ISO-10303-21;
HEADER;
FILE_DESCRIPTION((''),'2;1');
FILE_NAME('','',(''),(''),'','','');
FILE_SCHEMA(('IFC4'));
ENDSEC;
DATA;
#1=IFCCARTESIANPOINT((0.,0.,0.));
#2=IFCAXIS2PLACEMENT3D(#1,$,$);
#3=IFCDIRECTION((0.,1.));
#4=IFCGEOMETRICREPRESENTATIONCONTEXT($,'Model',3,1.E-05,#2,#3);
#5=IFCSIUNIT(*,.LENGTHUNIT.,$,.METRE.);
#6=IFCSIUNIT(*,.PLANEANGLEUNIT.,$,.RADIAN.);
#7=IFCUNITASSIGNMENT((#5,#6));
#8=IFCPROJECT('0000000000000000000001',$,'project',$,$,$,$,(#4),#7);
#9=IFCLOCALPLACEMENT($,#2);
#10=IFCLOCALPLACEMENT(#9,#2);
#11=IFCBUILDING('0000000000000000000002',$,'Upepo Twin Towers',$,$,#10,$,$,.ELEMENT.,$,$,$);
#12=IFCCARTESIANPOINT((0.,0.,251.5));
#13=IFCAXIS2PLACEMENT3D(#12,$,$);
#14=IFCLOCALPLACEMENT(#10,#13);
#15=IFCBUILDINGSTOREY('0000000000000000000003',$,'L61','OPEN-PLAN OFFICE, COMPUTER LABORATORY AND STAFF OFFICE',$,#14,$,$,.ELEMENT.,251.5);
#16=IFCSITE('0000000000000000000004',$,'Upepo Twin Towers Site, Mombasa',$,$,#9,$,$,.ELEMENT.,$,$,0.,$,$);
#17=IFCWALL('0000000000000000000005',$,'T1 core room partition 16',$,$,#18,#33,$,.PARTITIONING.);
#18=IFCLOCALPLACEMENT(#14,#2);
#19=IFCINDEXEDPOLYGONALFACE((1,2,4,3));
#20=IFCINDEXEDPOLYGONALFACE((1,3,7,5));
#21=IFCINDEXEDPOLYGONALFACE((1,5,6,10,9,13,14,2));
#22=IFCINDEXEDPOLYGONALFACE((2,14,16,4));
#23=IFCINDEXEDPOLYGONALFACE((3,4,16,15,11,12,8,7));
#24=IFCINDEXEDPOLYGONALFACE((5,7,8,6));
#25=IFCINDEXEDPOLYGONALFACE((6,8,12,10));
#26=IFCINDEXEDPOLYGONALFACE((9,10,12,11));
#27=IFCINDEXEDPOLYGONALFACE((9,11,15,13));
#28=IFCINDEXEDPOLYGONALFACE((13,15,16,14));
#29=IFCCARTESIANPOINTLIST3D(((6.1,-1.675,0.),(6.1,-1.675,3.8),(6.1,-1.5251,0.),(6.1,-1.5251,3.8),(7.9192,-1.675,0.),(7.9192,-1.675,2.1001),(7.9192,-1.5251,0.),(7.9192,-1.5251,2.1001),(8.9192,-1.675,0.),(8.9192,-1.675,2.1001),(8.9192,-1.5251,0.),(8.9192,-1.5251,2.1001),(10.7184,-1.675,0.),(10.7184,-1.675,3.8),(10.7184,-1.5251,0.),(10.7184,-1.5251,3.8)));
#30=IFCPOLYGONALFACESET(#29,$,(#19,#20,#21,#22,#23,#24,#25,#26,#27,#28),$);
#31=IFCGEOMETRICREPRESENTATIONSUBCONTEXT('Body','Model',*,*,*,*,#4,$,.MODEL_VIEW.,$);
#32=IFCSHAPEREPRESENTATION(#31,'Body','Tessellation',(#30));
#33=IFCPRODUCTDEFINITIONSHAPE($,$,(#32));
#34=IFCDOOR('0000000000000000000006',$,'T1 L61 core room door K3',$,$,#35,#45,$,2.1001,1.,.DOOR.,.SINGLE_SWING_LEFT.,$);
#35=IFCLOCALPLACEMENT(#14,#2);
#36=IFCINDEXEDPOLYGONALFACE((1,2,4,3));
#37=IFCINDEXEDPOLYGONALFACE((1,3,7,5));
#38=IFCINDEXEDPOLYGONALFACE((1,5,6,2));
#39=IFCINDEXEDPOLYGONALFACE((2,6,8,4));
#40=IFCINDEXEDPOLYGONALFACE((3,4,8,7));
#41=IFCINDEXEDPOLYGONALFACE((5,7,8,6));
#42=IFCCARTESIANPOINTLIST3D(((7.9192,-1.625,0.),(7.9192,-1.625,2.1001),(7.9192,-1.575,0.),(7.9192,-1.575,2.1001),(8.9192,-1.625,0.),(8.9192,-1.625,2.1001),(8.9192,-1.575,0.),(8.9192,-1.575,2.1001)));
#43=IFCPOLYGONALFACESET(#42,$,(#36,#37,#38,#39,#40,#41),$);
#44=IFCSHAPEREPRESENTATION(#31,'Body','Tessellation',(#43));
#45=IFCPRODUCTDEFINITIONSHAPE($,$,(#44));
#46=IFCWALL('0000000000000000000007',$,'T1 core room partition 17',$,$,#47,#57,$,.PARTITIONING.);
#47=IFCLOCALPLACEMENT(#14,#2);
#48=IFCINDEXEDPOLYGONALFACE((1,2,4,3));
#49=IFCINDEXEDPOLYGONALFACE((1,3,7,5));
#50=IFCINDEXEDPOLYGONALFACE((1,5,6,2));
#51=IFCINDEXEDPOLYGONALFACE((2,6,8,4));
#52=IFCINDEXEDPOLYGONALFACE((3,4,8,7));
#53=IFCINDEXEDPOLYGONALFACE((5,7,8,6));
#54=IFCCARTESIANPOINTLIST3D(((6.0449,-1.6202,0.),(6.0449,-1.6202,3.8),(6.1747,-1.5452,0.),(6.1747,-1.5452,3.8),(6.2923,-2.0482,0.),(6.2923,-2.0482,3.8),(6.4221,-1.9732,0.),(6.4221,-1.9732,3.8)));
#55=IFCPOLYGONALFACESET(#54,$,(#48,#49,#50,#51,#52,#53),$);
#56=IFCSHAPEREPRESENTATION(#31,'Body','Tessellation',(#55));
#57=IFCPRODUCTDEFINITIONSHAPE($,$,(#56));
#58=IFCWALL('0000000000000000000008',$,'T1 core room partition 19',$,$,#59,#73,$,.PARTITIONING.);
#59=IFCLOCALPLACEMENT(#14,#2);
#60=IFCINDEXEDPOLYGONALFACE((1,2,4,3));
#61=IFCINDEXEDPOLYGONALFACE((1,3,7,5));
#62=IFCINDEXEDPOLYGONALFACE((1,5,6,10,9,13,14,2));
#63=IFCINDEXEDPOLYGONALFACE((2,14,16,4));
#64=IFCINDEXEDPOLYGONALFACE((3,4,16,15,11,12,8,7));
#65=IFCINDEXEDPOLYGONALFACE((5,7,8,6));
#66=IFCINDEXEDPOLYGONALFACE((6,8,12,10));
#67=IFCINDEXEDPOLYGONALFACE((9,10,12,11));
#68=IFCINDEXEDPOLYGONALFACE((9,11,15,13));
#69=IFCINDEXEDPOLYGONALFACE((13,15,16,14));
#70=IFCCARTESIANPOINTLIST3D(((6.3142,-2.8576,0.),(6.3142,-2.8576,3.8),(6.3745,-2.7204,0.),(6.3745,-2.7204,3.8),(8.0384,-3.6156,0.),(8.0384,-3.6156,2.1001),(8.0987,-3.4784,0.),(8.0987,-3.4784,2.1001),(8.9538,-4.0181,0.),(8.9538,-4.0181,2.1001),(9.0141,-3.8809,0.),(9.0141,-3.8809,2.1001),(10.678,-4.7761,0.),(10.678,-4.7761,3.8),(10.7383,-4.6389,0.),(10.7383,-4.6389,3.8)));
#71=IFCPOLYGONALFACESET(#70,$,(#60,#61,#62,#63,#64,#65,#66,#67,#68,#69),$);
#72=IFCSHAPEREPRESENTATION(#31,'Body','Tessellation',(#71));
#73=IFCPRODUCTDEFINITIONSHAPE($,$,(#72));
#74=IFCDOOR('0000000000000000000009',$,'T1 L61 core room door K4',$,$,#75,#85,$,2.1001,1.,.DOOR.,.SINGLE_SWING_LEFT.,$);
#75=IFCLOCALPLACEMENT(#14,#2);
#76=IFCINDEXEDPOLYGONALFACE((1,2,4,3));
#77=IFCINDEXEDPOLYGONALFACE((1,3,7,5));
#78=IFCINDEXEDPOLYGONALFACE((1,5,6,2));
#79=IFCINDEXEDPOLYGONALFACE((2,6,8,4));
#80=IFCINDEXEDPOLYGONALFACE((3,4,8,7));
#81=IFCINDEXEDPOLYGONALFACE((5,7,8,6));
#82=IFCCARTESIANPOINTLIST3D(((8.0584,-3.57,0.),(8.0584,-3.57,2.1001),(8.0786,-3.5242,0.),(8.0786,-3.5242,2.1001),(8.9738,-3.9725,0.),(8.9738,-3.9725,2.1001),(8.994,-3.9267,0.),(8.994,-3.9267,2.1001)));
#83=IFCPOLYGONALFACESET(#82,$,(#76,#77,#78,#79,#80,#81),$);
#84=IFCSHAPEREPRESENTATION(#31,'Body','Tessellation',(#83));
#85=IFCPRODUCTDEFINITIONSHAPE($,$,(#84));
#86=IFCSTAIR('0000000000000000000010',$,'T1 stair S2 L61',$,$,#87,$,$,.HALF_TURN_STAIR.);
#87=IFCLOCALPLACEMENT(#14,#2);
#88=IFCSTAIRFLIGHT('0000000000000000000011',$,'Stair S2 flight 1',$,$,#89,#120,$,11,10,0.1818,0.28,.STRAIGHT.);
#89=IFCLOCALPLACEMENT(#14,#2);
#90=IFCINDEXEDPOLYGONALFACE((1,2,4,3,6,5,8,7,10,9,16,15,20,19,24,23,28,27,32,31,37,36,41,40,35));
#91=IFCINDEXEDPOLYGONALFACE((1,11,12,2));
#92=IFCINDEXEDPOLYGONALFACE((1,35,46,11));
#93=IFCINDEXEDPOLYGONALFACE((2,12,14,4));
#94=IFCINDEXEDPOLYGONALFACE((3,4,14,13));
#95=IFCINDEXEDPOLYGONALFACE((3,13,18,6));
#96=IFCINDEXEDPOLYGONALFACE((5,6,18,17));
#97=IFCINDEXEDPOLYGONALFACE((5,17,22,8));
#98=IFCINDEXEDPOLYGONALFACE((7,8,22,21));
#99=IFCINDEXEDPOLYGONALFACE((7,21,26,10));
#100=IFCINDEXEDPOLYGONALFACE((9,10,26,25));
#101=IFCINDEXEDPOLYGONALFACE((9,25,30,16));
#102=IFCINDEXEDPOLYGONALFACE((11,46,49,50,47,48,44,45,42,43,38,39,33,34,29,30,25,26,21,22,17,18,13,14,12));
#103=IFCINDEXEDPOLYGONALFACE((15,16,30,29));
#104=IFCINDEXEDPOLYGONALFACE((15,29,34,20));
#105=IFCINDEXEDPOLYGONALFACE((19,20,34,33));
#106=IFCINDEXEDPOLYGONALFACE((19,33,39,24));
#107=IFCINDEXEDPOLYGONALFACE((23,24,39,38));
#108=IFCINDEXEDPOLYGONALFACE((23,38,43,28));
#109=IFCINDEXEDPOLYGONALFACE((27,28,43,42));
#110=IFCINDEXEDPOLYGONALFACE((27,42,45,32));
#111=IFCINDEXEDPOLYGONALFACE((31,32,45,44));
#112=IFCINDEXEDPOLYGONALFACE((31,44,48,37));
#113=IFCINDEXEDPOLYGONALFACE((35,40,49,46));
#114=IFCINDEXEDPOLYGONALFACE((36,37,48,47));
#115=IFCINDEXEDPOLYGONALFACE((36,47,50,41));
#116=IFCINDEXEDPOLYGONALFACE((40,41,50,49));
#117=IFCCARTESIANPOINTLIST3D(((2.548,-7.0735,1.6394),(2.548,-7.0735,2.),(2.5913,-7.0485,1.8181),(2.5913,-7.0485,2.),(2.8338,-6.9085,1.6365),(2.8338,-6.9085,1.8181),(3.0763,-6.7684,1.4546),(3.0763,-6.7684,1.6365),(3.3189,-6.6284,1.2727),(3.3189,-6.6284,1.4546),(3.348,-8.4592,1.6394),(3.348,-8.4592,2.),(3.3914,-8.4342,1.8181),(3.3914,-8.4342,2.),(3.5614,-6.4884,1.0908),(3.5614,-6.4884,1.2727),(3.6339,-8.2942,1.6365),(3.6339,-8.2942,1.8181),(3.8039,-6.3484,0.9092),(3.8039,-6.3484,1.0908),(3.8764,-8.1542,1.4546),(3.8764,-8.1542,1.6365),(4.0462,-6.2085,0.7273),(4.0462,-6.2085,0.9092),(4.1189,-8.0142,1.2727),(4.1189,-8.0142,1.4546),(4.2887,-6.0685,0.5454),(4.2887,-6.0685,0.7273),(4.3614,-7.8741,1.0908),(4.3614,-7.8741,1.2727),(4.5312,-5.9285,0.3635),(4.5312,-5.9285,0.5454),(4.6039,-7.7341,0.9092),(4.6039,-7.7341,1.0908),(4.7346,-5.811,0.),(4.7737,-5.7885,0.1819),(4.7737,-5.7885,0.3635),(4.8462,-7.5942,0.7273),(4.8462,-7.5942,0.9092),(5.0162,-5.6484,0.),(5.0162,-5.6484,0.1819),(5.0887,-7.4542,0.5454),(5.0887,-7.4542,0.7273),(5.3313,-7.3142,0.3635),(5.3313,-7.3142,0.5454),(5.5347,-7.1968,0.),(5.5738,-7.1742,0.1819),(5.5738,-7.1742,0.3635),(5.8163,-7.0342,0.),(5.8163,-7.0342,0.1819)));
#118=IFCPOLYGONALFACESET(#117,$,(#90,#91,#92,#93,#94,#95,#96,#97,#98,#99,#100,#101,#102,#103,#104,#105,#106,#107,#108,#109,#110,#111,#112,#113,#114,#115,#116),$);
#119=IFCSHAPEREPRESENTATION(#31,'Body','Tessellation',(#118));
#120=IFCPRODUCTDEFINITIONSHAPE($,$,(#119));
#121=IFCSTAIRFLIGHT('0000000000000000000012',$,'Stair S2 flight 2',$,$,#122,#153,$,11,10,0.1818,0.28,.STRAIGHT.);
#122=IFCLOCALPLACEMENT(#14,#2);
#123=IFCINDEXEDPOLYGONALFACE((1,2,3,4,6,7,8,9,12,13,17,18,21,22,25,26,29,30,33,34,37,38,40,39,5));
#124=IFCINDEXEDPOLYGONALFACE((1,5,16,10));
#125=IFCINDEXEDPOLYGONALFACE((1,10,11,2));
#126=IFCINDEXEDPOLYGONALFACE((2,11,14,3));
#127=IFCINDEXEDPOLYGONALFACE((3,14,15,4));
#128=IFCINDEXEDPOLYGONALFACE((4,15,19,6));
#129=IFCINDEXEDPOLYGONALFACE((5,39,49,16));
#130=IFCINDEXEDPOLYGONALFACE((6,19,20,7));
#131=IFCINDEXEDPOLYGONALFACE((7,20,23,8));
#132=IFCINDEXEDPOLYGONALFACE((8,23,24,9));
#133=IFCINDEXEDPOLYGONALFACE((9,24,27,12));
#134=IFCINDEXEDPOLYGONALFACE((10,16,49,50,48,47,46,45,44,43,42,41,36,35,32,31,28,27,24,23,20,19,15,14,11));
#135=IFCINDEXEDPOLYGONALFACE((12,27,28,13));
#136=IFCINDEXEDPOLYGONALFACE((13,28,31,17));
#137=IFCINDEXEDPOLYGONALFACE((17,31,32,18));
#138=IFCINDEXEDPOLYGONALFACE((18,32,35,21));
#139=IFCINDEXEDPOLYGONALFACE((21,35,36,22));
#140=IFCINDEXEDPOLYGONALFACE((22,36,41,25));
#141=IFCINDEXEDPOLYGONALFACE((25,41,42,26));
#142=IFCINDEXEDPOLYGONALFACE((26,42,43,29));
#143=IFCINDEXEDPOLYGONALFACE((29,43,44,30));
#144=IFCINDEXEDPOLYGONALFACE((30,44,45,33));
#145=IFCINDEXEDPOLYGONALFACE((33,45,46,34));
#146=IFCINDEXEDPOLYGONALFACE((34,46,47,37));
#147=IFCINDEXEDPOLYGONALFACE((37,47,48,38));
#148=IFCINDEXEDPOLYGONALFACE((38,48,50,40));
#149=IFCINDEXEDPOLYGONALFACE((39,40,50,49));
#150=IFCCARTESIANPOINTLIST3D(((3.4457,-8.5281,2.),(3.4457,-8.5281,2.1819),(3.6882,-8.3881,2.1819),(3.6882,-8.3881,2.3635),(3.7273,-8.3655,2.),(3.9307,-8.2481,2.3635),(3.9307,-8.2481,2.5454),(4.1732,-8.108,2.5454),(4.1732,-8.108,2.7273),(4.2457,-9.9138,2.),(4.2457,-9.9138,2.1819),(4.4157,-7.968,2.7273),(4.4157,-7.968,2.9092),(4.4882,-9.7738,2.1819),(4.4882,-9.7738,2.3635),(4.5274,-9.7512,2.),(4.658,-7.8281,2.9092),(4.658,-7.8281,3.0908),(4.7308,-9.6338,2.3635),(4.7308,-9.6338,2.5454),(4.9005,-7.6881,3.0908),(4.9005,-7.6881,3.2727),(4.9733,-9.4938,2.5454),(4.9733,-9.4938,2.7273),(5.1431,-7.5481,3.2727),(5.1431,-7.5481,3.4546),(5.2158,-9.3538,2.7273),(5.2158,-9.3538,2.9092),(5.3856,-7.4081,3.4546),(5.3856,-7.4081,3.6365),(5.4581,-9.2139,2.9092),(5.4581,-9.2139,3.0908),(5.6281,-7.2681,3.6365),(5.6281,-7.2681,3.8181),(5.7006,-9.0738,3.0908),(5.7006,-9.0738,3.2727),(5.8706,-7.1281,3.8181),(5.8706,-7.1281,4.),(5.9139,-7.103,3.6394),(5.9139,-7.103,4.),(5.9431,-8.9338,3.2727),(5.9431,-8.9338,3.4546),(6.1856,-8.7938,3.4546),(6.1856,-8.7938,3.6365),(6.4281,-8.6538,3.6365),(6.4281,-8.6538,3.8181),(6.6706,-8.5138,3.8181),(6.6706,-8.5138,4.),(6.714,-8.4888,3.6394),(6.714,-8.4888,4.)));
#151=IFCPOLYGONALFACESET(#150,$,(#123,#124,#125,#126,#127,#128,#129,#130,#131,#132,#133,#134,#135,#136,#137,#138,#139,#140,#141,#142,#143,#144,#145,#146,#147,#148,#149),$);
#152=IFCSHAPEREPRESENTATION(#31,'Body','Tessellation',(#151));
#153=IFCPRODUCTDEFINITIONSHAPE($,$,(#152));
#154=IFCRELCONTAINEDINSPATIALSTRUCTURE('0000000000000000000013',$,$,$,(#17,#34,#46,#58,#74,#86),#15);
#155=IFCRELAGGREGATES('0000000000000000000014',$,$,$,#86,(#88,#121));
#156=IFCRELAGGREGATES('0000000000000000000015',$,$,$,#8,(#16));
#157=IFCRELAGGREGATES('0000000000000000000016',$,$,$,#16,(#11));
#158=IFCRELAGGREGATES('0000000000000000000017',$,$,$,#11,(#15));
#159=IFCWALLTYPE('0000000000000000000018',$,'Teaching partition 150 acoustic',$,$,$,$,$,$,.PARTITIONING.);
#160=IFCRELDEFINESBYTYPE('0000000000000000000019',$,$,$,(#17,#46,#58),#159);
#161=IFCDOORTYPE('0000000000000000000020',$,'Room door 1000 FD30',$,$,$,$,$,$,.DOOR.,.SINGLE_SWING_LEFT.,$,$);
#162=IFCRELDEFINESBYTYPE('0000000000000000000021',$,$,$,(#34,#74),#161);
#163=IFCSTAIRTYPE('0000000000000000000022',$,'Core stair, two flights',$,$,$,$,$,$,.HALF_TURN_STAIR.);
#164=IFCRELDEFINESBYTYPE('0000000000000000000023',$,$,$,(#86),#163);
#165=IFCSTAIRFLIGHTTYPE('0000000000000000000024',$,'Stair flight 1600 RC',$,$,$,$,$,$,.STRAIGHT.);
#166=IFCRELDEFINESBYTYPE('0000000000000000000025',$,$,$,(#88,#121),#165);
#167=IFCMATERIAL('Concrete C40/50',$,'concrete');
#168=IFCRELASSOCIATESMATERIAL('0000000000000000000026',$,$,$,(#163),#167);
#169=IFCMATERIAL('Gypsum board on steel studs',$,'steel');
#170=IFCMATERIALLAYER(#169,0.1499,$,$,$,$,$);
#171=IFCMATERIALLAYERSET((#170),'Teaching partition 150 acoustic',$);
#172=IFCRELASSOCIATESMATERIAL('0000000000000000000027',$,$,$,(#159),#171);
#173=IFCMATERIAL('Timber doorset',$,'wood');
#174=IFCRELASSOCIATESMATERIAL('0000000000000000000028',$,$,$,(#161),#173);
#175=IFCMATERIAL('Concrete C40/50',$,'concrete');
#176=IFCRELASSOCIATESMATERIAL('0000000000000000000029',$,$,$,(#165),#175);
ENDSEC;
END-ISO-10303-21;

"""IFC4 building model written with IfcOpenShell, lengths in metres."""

from ifc_helpers import new_model, si_unit, direction, frame, frame_2d, origin, place, context, subcontext, project, spatial, polyline, rectangle, outline, extrude, material, layer, layer_set, type_object, element, fill, aggregate, save


model = new_model("IFC4")

# Units and contexts
model_context = context("Model", 3, precision=1e-05, world=origin(), true_north=direction((0.0, 1.0)))
body_context = subcontext(model_context, "Body", "Model", "MODEL_VIEW")
ifc_project = project(units=[si_unit("LENGTHUNIT", "METRE"), si_unit("PLANEANGLEUNIT", "RADIAN")], contexts=[model_context])

# Site, building, storey
site_placement = place(None, origin())
site = spatial("IfcSite", under=ifc_project, at=site_placement, Name="Upepo Twin Towers Site, Mombasa", CompositionType="ELEMENT", RefElevation=0.0)
building_placement = place(site_placement, origin())
building = spatial("IfcBuilding", under=site, at=building_placement, Name="Upepo Twin Towers", CompositionType="ELEMENT")
storey_placement = place(building_placement, frame((0.0, 0.0, 251.5)))
storey = spatial("IfcBuildingStorey", under=building, at=storey_placement, Name="L61", Description="OPEN-PLAN OFFICE, COMPUTER LABORATORY AND STAFF OFFICE", CompositionType="ELEMENT", Elevation=251.5)

# Shared definitions
ifc_material_1 = material(Name="Concrete C40/50", Category="concrete")
stair_type = type_object("IfcStairType", Name="Core stair, two flights", PredefinedType="HALF_TURN_STAIR", material=ifc_material_1)

# Shared definitions
ifc_material_2 = material(Name="Gypsum board on steel studs", Category="steel")
ifc_layer_1 = layer(ifc_material_2, 0.1499)
ifc_layer_set_1 = layer_set([ifc_layer_1], Name="Teaching partition 150 acoustic")
wall_type_1 = type_object("IfcWallType", Name="Teaching partition 150 acoustic", PredefinedType="PARTITIONING", material=ifc_layer_set_1)

# Wall, opening, door
wall_1_placement = place(storey_placement, frame((10.7183, -1.6001, 0.0), z_axis=(0.0, 0.0, 1.0), x_axis=(-1.0, 0.0, 0.0)))
wall_1 = element("IfcWall", 1, at=wall_1_placement, inside=storey, type_object=wall_type_1, Name="T1 core room partition 16", PredefinedType="PARTITIONING", context=body_context, shape_type="SweptSolid", body=[
    extrude(rectangle(XDim=4.6184, YDim=0.1499, at=frame_2d((2.3091, 0.0))), origin(), (0.0, 0.0, 1.0), 3.8),
])
opening_1_placement = place(wall_1_placement, frame((1.7991, 0.0, 0.0)))
opening_1 = element("IfcOpeningElement", 2, at=opening_1_placement, cuts=wall_1, PredefinedType="OPENING", context=body_context, shape_type="SweptSolid", body=[
    extrude(rectangle(XDim=1.0, YDim=2.1001, at=frame_2d((0.5, 1.05))), frame((0.0, 0.085, 0.0), z_axis=(0.0, -1.0, 0.0), x_axis=(1.0, 0.0, 0.0)), (0.0, 0.0, 1.0), 0.1699),
])
ifc_material_3 = material(Name="Timber doorset", Category="wood")
door_type_1 = type_object("IfcDoorType", Name="Room door 1000 FD30", OperationType="SINGLE_SWING_LEFT", PredefinedType="DOOR", material=ifc_material_3)
door_1_placement = place(opening_1_placement, origin())
door_1 = element("IfcDoor", 3, at=door_1_placement, inside=storey, type_object=door_type_1, Name="T1 L61 core room door K3", OperationType="SINGLE_SWING_LEFT", OverallHeight=2.1001, OverallWidth=1.0, PredefinedType="DOOR", context=body_context, shape_type="SweptSolid", body=[
    extrude(rectangle(XDim=1.0, YDim=2.1001, at=frame_2d((0.5, 1.05))), frame((0.0, 0.0249, 0.0), z_axis=(0.0, -1.0, 0.0), x_axis=(1.0, 0.0, 0.0)), (0.0, 0.0, 1.0), 0.05),
])
fill(opening_1, door_1)

# Wall
wall_2_placement = place(storey_placement, frame((6.1099, -1.5828, 0.0), z_axis=(0.0, 0.0, 1.0), x_axis=(0.500335, -0.865832, 0.0)))
element("IfcWall", 4, at=wall_2_placement, inside=storey, type_object=wall_type_1, Name="T1 core room partition 17", PredefinedType="PARTITIONING", context=body_context, shape_type="SweptSolid", body=[
    extrude(rectangle(XDim=0.4944, YDim=0.1499, at=frame_2d((0.2471, 0.0))), origin(), (0.0, 0.0, 1.0), 3.8),
])

# Wall, opening, door
wall_3_placement = place(storey_placement, frame((6.3445, -2.7891, 0.0), z_axis=(0.0, 0.0, 1.0), x_axis=(0.915439, -0.402457, 0.0)))
wall_3 = element("IfcWall", 5, at=wall_3_placement, inside=storey, type_object=wall_type_1, Name="T1 core room partition 19", PredefinedType="PARTITIONING", context=body_context, shape_type="SweptSolid", body=[
    extrude(rectangle(XDim=4.7668, YDim=0.1499, at=frame_2d((2.3833, 0.0))), origin(), (0.0, 0.0, 1.0), 3.8),
])
opening_2_placement = place(wall_3_placement, frame((1.8833, 0.0, 0.0)))
opening_2 = element("IfcOpeningElement", 6, at=opening_2_placement, cuts=wall_3, PredefinedType="OPENING", context=body_context, shape_type="SweptSolid", body=[
    extrude(rectangle(XDim=1.0, YDim=2.1001, at=frame_2d((0.5, 1.05))), frame((0.0, 0.085, 0.0), z_axis=(0.0, -1.0, 0.0), x_axis=(1.0, 0.0, 0.0)), (0.0, 0.0, 1.0), 0.1699),
])
door_2_placement = place(opening_2_placement, origin())
door_2 = element("IfcDoor", 7, at=door_2_placement, inside=storey, type_object=door_type_1, Name="T1 L61 core room door K4", OperationType="SINGLE_SWING_LEFT", OverallHeight=2.1001, OverallWidth=1.0, PredefinedType="DOOR", context=body_context, shape_type="SweptSolid", body=[
    extrude(rectangle(XDim=1.0, YDim=2.1001, at=frame_2d((0.5, 1.05))), frame((0.0, 0.0249, 0.0), z_axis=(0.0, -1.0, 0.0), x_axis=(1.0, 0.0, 0.0)), (0.0, 0.0, 1.0), 0.05),
])
fill(opening_2, door_2)

# Stair, stair flights
stair_1_placement = place(storey_placement, origin())
stair_1 = element("IfcStair", 8, at=stair_1_placement, inside=storey, type_object=stair_type, Name="T1 stair S2 L61", PredefinedType="HALF_TURN_STAIR")
ifc_material_4 = material(Name="Concrete C40/50", Category="concrete")
stair_flight_type = type_object("IfcStairFlightType", Name="Stair flight 1600 RC", PredefinedType="STRAIGHT", material=ifc_material_4)
stair_flight_1_placement = place(storey_placement, frame((5.4163, -6.3413, 0.0), z_axis=(0.0, 0.0, 1.0), x_axis=(-0.866025, -0.5, 0.0)))
stair_flight_1 = element("IfcStairFlight", 9, at=stair_flight_1_placement, type_object=stair_flight_type, Name="Stair S2 flight 1", NumberOfRisers=11, NumberOfTreads=10, PredefinedType="STRAIGHT", RiserHeight=0.1818, TreadLength=0.28, context=body_context, shape_type="SweptSolid", body=[
    extrude(outline(polyline([(0.0, 0.0), (0.0, 0.1819), (0.28, 0.1819), (0.28, 0.3635), (0.5601, 0.3635), (0.5601, 0.5454), (0.8401, 0.5454), (0.8401, 0.7273), (1.1201, 0.7273), (1.1201, 0.9092), (1.3999, 0.9092), (1.3999, 1.0908), (1.6799, 1.0908), (1.6799, 1.2727), (1.96, 1.2727), (1.96, 1.4546), (2.24, 1.4546), (2.24, 1.6365), (2.52, 1.6365), (2.52, 1.8181), (2.8, 1.8181), (2.8, 2.0), (2.8501, 2.0), (2.8501, 1.6394), (0.3252, 0.0), (0.0, 0.0)])), frame((0.0, 0.8, 0.0), z_axis=(0.0, -1.0, 0.0), x_axis=(1.0, 0.0, 0.0)), (0.0, 0.0, 1.0), 1.6001),
])
stair_flight_2_placement = place(storey_placement, frame((3.8457, -9.2209, 2.0), z_axis=(0.0, 0.0, 1.0), x_axis=(0.866025, 0.5, 0.0)))
stair_flight_2 = element("IfcStairFlight", 10, at=stair_flight_2_placement, type_object=stair_flight_type, Name="Stair S2 flight 2", NumberOfRisers=11, NumberOfTreads=10, PredefinedType="STRAIGHT", RiserHeight=0.1818, TreadLength=0.28, context=body_context, shape_type="SweptSolid", body=[
    extrude(outline(polyline([(0.0, 0.0), (0.0, 0.1819), (0.28, 0.1819), (0.28, 0.3635), (0.5601, 0.3635), (0.5601, 0.5454), (0.8401, 0.5454), (0.8401, 0.7273), (1.1201, 0.7273), (1.1201, 0.9092), (1.3999, 0.9092), (1.3999, 1.0908), (1.6799, 1.0908), (1.6799, 1.2727), (1.96, 1.2727), (1.96, 1.4546), (2.24, 1.4546), (2.24, 1.6365), (2.52, 1.6365), (2.52, 1.8181), (2.8, 1.8181), (2.8, 2.0), (2.8501, 2.0), (2.8501, 1.6394), (0.3252, 0.0), (0.0, 0.0)])), frame((0.0, 0.8, 0.0), z_axis=(0.0, -1.0, 0.0), x_axis=(1.0, 0.0, 0.0)), (0.0, 0.0, 1.0), 1.6001),
])
aggregate(stair_1, [stair_flight_1, stair_flight_2])

save(model, "model.ifc")
